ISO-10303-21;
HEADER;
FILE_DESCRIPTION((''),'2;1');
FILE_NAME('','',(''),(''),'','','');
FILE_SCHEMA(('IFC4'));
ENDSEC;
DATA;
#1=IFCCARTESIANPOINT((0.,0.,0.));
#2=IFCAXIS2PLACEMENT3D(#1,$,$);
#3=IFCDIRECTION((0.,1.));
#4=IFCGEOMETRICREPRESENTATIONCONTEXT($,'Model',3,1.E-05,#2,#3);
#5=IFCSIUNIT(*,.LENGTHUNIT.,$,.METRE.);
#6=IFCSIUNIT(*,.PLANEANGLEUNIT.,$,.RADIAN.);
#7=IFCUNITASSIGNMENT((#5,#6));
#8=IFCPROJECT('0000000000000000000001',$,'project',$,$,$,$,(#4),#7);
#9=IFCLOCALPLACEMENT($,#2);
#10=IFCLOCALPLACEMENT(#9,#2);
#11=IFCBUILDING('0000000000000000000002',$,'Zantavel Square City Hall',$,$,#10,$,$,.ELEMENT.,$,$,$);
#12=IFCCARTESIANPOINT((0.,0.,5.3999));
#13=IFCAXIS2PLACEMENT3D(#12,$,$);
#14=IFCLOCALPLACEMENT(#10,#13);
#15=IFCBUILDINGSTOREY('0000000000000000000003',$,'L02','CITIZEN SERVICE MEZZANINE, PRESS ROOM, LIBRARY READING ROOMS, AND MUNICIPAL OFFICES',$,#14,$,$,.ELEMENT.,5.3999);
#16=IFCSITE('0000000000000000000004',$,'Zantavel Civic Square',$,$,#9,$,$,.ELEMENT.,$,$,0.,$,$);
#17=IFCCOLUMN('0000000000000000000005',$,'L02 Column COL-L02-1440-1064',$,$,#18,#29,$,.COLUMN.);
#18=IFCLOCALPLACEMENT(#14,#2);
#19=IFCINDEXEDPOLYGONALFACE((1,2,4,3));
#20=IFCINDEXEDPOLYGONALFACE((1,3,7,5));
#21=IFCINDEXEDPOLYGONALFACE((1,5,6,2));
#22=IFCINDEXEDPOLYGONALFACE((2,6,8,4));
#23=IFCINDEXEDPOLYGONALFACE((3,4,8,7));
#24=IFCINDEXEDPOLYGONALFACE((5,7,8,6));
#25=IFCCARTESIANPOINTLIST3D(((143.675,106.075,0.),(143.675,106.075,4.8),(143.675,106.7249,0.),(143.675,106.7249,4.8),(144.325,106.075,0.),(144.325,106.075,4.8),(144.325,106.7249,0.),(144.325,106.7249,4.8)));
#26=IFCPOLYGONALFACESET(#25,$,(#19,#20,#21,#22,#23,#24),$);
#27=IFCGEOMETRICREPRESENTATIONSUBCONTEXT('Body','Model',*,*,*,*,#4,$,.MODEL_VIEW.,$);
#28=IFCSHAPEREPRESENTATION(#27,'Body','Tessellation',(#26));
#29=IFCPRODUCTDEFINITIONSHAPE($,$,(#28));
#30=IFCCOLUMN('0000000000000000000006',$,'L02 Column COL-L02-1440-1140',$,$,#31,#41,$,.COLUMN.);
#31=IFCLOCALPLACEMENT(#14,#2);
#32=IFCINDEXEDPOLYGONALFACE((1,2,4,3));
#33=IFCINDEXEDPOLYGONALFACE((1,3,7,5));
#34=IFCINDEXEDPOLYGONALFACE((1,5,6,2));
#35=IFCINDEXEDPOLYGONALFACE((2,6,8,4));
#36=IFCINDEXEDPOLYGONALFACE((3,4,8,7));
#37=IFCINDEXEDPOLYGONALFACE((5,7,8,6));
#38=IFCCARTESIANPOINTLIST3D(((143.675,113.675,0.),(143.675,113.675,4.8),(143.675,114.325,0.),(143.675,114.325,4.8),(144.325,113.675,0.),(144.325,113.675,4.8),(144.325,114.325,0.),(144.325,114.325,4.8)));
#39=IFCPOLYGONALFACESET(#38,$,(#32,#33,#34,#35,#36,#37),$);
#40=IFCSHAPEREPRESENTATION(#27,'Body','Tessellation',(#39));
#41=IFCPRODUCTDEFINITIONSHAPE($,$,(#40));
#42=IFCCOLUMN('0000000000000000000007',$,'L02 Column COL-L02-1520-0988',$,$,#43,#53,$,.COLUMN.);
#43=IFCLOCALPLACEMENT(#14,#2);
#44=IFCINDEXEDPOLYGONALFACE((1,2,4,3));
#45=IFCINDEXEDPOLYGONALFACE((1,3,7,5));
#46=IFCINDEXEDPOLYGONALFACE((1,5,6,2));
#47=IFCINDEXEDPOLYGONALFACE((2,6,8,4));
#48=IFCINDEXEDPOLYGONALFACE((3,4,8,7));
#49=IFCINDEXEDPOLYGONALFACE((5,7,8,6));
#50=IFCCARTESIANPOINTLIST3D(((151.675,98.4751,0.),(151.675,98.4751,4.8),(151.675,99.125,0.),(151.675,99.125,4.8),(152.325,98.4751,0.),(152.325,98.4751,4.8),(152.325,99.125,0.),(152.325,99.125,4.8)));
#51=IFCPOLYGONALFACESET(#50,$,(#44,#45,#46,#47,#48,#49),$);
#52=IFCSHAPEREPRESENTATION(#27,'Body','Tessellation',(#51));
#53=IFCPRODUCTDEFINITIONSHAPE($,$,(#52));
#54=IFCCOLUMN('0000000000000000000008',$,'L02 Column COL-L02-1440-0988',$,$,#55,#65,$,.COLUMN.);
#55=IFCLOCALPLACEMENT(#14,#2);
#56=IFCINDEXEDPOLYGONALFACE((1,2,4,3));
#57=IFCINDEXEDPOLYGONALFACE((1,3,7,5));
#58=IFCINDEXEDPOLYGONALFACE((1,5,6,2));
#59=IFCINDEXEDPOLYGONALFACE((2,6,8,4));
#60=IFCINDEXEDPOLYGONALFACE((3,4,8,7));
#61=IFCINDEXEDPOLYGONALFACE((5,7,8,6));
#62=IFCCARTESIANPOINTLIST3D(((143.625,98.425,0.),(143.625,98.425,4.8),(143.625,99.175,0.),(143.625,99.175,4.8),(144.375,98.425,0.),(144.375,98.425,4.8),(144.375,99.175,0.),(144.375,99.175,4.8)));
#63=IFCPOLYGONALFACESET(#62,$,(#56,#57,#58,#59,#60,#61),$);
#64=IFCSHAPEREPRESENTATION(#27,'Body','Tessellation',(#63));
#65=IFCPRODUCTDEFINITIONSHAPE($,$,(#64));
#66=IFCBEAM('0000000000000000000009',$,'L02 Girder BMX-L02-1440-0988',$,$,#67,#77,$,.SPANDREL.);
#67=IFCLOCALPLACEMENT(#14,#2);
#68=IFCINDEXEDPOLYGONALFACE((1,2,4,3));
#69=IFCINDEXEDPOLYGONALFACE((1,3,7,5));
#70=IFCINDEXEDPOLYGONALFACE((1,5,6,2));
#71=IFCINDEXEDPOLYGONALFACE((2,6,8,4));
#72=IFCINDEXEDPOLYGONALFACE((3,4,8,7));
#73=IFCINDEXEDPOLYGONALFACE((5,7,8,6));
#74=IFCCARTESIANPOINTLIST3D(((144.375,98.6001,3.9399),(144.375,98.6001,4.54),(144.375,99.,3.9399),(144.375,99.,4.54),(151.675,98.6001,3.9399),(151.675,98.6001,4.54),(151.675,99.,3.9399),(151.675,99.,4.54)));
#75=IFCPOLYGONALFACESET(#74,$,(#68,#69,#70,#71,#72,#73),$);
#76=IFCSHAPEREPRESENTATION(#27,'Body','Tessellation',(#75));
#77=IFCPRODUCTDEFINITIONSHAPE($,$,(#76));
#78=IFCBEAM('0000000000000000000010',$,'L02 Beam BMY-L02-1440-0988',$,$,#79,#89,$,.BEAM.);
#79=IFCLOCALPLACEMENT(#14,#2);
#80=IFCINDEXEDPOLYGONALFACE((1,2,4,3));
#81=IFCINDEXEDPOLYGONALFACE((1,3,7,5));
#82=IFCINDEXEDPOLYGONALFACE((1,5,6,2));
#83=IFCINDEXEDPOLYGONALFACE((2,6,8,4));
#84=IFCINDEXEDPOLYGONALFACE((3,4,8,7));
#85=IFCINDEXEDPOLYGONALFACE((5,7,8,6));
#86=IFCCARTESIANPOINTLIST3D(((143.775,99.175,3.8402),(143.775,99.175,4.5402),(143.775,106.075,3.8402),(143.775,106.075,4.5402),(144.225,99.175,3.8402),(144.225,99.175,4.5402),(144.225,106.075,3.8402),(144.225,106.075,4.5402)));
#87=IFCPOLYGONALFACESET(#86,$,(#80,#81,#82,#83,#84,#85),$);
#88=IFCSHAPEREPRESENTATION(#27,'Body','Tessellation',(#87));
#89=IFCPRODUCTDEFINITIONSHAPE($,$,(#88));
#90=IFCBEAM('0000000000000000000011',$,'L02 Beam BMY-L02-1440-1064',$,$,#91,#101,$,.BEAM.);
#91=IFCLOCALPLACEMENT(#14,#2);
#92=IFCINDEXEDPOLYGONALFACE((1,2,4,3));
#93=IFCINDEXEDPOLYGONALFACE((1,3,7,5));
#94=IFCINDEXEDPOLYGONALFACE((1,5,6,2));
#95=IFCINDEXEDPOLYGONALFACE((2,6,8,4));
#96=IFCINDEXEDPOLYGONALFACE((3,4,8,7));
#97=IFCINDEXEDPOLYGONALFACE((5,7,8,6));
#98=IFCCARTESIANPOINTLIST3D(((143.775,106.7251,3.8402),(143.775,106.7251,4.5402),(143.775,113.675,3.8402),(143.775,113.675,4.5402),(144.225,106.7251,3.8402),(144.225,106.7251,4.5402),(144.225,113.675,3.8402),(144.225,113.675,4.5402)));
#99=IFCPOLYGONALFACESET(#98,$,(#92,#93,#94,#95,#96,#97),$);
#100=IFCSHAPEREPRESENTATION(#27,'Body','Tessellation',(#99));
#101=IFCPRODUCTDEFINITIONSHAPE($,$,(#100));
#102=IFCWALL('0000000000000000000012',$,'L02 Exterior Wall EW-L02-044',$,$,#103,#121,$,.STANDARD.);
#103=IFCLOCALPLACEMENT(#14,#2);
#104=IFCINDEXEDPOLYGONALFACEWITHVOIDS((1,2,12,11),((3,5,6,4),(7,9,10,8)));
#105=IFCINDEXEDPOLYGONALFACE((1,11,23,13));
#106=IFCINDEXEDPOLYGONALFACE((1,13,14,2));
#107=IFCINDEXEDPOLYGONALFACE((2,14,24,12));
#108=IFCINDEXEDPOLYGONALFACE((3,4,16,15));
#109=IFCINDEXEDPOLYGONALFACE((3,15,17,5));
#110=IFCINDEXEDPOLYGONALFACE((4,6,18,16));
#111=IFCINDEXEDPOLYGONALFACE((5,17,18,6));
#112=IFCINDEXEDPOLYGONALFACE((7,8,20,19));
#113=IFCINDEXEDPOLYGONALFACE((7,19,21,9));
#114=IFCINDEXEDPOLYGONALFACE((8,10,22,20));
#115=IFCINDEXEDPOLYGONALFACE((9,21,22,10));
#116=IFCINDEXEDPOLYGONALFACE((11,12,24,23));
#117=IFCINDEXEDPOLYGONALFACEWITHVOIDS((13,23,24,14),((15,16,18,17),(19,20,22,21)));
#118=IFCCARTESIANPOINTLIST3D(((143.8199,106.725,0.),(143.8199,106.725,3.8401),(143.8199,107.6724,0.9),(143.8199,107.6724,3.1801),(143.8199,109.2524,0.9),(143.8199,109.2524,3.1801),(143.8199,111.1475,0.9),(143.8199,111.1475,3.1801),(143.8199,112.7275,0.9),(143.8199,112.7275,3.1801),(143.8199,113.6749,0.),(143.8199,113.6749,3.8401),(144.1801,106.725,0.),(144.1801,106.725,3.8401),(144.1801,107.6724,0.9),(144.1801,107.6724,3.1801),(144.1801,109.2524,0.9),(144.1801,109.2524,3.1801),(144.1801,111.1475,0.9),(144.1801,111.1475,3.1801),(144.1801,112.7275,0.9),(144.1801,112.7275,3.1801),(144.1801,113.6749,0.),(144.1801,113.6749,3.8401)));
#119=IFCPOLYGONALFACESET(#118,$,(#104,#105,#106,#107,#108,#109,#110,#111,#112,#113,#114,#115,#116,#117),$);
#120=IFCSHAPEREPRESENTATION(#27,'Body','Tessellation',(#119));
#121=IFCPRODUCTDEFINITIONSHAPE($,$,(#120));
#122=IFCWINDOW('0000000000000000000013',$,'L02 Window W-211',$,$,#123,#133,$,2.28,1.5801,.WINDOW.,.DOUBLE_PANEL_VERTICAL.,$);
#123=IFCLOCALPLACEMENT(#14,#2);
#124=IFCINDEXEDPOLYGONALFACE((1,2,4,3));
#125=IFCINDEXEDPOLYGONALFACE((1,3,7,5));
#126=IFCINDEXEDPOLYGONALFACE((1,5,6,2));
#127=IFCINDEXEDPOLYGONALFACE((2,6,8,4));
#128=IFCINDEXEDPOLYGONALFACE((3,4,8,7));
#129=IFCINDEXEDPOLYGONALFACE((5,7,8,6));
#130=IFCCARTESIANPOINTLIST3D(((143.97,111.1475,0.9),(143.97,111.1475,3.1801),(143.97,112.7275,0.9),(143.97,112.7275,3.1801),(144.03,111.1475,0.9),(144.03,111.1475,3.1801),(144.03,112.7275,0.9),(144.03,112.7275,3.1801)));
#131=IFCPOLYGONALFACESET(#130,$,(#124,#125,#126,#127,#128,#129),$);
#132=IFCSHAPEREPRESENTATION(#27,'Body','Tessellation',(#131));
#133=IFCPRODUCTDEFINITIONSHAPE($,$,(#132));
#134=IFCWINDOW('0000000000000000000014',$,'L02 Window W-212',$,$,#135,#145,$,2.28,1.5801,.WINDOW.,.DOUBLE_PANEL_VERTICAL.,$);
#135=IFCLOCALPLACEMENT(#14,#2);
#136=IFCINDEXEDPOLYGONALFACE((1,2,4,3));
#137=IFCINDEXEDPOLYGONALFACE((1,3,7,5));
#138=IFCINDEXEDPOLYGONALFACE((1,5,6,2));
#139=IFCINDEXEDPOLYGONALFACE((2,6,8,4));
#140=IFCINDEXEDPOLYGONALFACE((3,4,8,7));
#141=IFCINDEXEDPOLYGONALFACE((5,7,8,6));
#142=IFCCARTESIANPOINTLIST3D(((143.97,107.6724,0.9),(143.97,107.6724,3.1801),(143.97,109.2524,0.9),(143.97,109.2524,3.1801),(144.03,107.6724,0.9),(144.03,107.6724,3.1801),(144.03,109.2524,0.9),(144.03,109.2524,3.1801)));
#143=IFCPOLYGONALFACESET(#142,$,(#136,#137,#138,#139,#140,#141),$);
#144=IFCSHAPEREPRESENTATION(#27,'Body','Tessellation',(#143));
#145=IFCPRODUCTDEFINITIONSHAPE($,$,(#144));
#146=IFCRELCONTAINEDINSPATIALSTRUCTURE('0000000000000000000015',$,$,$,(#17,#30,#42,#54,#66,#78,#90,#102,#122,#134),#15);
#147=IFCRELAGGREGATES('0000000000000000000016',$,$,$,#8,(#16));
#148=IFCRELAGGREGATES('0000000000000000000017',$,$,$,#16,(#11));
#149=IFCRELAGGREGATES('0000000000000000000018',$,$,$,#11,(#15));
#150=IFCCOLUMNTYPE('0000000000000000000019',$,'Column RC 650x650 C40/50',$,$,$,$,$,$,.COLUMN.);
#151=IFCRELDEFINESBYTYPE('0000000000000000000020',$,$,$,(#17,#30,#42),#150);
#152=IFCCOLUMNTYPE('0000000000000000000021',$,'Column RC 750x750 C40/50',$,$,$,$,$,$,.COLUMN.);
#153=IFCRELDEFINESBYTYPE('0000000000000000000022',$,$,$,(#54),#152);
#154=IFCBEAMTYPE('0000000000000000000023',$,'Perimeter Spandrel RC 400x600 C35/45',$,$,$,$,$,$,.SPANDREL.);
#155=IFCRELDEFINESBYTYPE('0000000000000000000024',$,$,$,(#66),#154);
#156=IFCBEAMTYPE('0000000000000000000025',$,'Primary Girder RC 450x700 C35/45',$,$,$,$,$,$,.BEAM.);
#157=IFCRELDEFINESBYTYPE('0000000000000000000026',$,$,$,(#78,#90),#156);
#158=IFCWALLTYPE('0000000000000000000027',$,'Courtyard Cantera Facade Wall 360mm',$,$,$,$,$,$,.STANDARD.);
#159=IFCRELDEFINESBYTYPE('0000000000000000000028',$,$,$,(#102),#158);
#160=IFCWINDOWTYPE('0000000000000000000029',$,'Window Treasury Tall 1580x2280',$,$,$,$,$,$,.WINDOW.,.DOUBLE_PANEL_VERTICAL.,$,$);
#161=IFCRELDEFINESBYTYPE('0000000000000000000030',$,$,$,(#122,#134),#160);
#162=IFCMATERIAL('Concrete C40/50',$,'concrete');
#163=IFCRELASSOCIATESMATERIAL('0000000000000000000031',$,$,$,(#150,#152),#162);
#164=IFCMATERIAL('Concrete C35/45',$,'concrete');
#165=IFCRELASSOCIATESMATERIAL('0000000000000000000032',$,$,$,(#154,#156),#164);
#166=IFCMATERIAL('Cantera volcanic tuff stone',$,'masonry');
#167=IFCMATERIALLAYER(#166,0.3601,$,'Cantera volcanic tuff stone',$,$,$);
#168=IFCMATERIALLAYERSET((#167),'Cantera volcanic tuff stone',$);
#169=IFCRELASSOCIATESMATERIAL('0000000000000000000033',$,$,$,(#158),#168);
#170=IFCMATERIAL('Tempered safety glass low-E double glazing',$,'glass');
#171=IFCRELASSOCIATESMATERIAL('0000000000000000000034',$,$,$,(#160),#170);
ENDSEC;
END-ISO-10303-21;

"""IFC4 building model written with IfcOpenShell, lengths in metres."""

from ifc_helpers import new_model, si_unit, direction, frame, frame_2d, origin, origin_2d, place, context, subcontext, project, spatial, rectangle, extrude, material, layer, layer_set, material_profile, profile_set, type_object, element, fill, save


model = new_model("IFC4")

# Units and contexts
model_context = context("Model", 3, precision=1e-05, world=origin(), true_north=direction((0.0, 1.0)))
body_context = subcontext(model_context, "Body", "Model", "MODEL_VIEW")
ifc_project = project(units=[si_unit("LENGTHUNIT", "METRE"), si_unit("PLANEANGLEUNIT", "RADIAN")], contexts=[model_context])

# Site, building, storey
site_placement = place(None, origin())
site = spatial("IfcSite", under=ifc_project, at=site_placement, Name="Zantavel Civic Square", CompositionType="ELEMENT", RefElevation=0.0)
building_placement = place(site_placement, origin())
building = spatial("IfcBuilding", under=site, at=building_placement, Name="Zantavel Square City Hall", CompositionType="ELEMENT")
storey_placement = place(building_placement, frame((0.0, 0.0, 5.3999)))
storey = spatial("IfcBuildingStorey", under=building, at=storey_placement, Name="L02", Description="CITIZEN SERVICE MEZZANINE, PRESS ROOM, LIBRARY READING ROOMS, AND MUNICIPAL OFFICES", CompositionType="ELEMENT", Elevation=5.3999)

# Columns
ifc_material_1 = material(Name="Concrete C40/50", Category="concrete")
ifc_material_profile_1 = material_profile(ifc_material_1, rectangle(XDim=0.6499, YDim=0.6499, at=origin_2d()), Name="RC 650x650")
ifc_profile_set_1 = profile_set([ifc_material_profile_1], Name="Concrete C40/50")
column_type_1 = type_object("IfcColumnType", Name="Column RC 650x650 C40/50", PredefinedType="COLUMN", material=ifc_profile_set_1)
for number, where, z_axis, x_axis, name in (
    (1, (144.0, 106.3999, 0.0), (0.0, 0.0, 1.0), (1.0, 0.0, 0.0), "L02 Column COL-L02-1440-1064"),
    (2, (144.0, 114.0, 0.0), (0.0, 0.0, 1.0), (1.0, 0.0, 0.0), "L02 Column COL-L02-1440-1140"),
    (3, (152.0, 98.8, 0.0), (0.0, 0.0, 1.0), (1.0, 0.0, 0.0), "L02 Column COL-L02-1520-0988"),
):
    element("IfcColumn", number, at=place(storey_placement, frame(where, z_axis=z_axis, x_axis=x_axis)), inside=storey, type_object=column_type_1, Name=name, PredefinedType="COLUMN", context=body_context, shape_type="SweptSolid", body=[
        extrude(rectangle(XDim=0.6499, YDim=0.6499, at=origin_2d()), origin(), (0.0, 0.0, 1.0), 4.8),
    ])
ifc_material_profile_2 = material_profile(ifc_material_1, rectangle(XDim=0.75, YDim=0.75, at=origin_2d()), Name="RC 750x750")
ifc_profile_set_2 = profile_set([ifc_material_profile_2], Name="Concrete C40/50")
column_type_2 = type_object("IfcColumnType", Name="Column RC 750x750 C40/50", PredefinedType="COLUMN", material=ifc_profile_set_2)
column_placement = place(storey_placement, frame((144.0, 98.8, 0.0), z_axis=(0.0, 0.0, 1.0), x_axis=(1.0, 0.0, 0.0)))
element("IfcColumn", 4, at=column_placement, inside=storey, type_object=column_type_2, Name="L02 Column COL-L02-1440-0988", PredefinedType="COLUMN", context=body_context, shape_type="SweptSolid", body=[
    extrude(rectangle(XDim=0.75, YDim=0.75, at=origin_2d()), origin(), (0.0, 0.0, 1.0), 4.8),
])

# Beams
ifc_material_2 = material(Name="Concrete C35/45", Category="concrete")
ifc_material_profile_3 = material_profile(ifc_material_2, rectangle(XDim=0.3999, YDim=0.6001, at=origin_2d()), Name="RC 400x600")
ifc_profile_set_3 = profile_set([ifc_material_profile_3], Name="Concrete C35/45")
beam_type_1 = type_object("IfcBeamType", Name="Perimeter Spandrel RC 400x600 C35/45", PredefinedType="SPANDREL", material=ifc_profile_set_3)
beam_1_placement = place(storey_placement, frame((144.375, 98.8, 4.24), z_axis=(1.0, 0.0, 0.0), x_axis=(0.0, 1.0, 0.0)))
element("IfcBeam", 5, at=beam_1_placement, inside=storey, type_object=beam_type_1, Name="L02 Girder BMX-L02-1440-0988", PredefinedType="SPANDREL", context=body_context, shape_type="SweptSolid", body=[
    extrude(rectangle(XDim=0.3999, YDim=0.6001, at=origin_2d()), origin(), (0.0, 0.0, 1.0), 7.3),
])
ifc_material_profile_4 = material_profile(ifc_material_2, rectangle(XDim=0.45, YDim=0.7, at=origin_2d()), Name="RC 450x700")
ifc_profile_set_4 = profile_set([ifc_material_profile_4], Name="Concrete C35/45")
beam_type_2 = type_object("IfcBeamType", Name="Primary Girder RC 450x700 C35/45", PredefinedType="BEAM", material=ifc_profile_set_4)
beam_2_placement = place(storey_placement, frame((144.0, 99.175, 4.1902), z_axis=(0.0, 1.0, 0.0), x_axis=(-1.0, 0.0, 0.0)))
element("IfcBeam", 6, at=beam_2_placement, inside=storey, type_object=beam_type_2, Name="L02 Beam BMY-L02-1440-0988", PredefinedType="BEAM", context=body_context, shape_type="SweptSolid", body=[
    extrude(rectangle(XDim=0.45, YDim=0.7, at=origin_2d()), origin(), (0.0, 0.0, 1.0), 6.8999),
])
beam_3_placement = place(storey_placement, frame((144.0, 106.7251, 4.1902), z_axis=(0.0, 1.0, 0.0), x_axis=(-1.0, 0.0, 0.0)))
element("IfcBeam", 7, at=beam_3_placement, inside=storey, type_object=beam_type_2, Name="L02 Beam BMY-L02-1440-1064", PredefinedType="BEAM", context=body_context, shape_type="SweptSolid", body=[
    extrude(rectangle(XDim=0.45, YDim=0.7, at=origin_2d()), origin(), (0.0, 0.0, 1.0), 6.95),
])

# Wall, openings, windows
ifc_material_3 = material(Name="Cantera volcanic tuff stone", Category="masonry")
ifc_layer_1 = layer(ifc_material_3, 0.3601, Name="Cantera volcanic tuff stone")
ifc_layer_set_1 = layer_set([ifc_layer_1], Name="Cantera volcanic tuff stone")
wall_type_1 = type_object("IfcWallType", Name="Courtyard Cantera Facade Wall 360mm", PredefinedType="STANDARD", material=ifc_layer_set_1)
wall_1_placement = place(storey_placement, frame((144.0, 113.675, 0.0), z_axis=(0.0, 0.0, 1.0), x_axis=(0.0, -1.0, 0.0)))
wall_1 = element("IfcWall", 8, at=wall_1_placement, inside=storey, type_object=wall_type_1, Name="L02 Exterior Wall EW-L02-044", PredefinedType="STANDARD", context=body_context, shape_type="SweptSolid", body=[
    extrude(rectangle(XDim=6.95, YDim=0.3601, at=frame_2d((3.4751, 0.0))), origin(), (0.0, 0.0, 1.0), 3.8401),
])
opening_1_placement = place(wall_1_placement, frame((0.9475, 0.0, 0.8999)))
opening_1 = element("IfcOpeningElement", 9, at=opening_1_placement, cuts=wall_1, PredefinedType="OPENING", context=body_context, shape_type="SweptSolid", body=[
    extrude(rectangle(XDim=1.5801, YDim=2.28, at=frame_2d((0.79, 1.1401))), frame((0.0, 0.1899, 0.0), z_axis=(0.0, -1.0, 0.0), x_axis=(1.0, 0.0, 0.0)), (0.0, 0.0, 1.0), 0.3801),
])
opening_2_placement = place(wall_1_placement, frame((4.4226, 0.0, 0.8999)))
opening_2 = element("IfcOpeningElement", 10, at=opening_2_placement, cuts=wall_1, PredefinedType="OPENING", context=body_context, shape_type="SweptSolid", body=[
    extrude(rectangle(XDim=1.5801, YDim=2.28, at=frame_2d((0.79, 1.1401))), frame((0.0, 0.1899, 0.0), z_axis=(0.0, -1.0, 0.0), x_axis=(1.0, 0.0, 0.0)), (0.0, 0.0, 1.0), 0.3801),
])
ifc_material_4 = material(Name="Tempered safety glass low-E double glazing", Category="glass")
window_type_1 = type_object("IfcWindowType", Name="Window Treasury Tall 1580x2280", PartitioningType="DOUBLE_PANEL_VERTICAL", PredefinedType="WINDOW", material=ifc_material_4)
window_1_placement = place(opening_1_placement, origin())
window_1 = element("IfcWindow", 11, at=window_1_placement, inside=storey, type_object=window_type_1, Name="L02 Window W-211", OverallHeight=2.28, OverallWidth=1.5801, PartitioningType="DOUBLE_PANEL_VERTICAL", PredefinedType="WINDOW", context=body_context, shape_type="SweptSolid", body=[
    extrude(rectangle(XDim=1.5801, YDim=2.28, at=frame_2d((0.79, 1.1401))), frame((0.0, 0.03, 0.0), z_axis=(0.0, -1.0, 0.0), x_axis=(1.0, 0.0, 0.0)), (0.0, 0.0, 1.0), 0.0601),
])
fill(opening_1, window_1)
window_2_placement = place(opening_2_placement, origin())
window_2 = element("IfcWindow", 12, at=window_2_placement, inside=storey, type_object=window_type_1, Name="L02 Window W-212", OverallHeight=2.28, OverallWidth=1.5801, PartitioningType="DOUBLE_PANEL_VERTICAL", PredefinedType="WINDOW", context=body_context, shape_type="SweptSolid", body=[
    extrude(rectangle(XDim=1.5801, YDim=2.28, at=frame_2d((0.79, 1.1401))), frame((0.0, 0.03, 0.0), z_axis=(0.0, -1.0, 0.0), x_axis=(1.0, 0.0, 0.0)), (0.0, 0.0, 1.0), 0.0601),
])
fill(opening_2, window_2)

save(model, "model.ifc")
